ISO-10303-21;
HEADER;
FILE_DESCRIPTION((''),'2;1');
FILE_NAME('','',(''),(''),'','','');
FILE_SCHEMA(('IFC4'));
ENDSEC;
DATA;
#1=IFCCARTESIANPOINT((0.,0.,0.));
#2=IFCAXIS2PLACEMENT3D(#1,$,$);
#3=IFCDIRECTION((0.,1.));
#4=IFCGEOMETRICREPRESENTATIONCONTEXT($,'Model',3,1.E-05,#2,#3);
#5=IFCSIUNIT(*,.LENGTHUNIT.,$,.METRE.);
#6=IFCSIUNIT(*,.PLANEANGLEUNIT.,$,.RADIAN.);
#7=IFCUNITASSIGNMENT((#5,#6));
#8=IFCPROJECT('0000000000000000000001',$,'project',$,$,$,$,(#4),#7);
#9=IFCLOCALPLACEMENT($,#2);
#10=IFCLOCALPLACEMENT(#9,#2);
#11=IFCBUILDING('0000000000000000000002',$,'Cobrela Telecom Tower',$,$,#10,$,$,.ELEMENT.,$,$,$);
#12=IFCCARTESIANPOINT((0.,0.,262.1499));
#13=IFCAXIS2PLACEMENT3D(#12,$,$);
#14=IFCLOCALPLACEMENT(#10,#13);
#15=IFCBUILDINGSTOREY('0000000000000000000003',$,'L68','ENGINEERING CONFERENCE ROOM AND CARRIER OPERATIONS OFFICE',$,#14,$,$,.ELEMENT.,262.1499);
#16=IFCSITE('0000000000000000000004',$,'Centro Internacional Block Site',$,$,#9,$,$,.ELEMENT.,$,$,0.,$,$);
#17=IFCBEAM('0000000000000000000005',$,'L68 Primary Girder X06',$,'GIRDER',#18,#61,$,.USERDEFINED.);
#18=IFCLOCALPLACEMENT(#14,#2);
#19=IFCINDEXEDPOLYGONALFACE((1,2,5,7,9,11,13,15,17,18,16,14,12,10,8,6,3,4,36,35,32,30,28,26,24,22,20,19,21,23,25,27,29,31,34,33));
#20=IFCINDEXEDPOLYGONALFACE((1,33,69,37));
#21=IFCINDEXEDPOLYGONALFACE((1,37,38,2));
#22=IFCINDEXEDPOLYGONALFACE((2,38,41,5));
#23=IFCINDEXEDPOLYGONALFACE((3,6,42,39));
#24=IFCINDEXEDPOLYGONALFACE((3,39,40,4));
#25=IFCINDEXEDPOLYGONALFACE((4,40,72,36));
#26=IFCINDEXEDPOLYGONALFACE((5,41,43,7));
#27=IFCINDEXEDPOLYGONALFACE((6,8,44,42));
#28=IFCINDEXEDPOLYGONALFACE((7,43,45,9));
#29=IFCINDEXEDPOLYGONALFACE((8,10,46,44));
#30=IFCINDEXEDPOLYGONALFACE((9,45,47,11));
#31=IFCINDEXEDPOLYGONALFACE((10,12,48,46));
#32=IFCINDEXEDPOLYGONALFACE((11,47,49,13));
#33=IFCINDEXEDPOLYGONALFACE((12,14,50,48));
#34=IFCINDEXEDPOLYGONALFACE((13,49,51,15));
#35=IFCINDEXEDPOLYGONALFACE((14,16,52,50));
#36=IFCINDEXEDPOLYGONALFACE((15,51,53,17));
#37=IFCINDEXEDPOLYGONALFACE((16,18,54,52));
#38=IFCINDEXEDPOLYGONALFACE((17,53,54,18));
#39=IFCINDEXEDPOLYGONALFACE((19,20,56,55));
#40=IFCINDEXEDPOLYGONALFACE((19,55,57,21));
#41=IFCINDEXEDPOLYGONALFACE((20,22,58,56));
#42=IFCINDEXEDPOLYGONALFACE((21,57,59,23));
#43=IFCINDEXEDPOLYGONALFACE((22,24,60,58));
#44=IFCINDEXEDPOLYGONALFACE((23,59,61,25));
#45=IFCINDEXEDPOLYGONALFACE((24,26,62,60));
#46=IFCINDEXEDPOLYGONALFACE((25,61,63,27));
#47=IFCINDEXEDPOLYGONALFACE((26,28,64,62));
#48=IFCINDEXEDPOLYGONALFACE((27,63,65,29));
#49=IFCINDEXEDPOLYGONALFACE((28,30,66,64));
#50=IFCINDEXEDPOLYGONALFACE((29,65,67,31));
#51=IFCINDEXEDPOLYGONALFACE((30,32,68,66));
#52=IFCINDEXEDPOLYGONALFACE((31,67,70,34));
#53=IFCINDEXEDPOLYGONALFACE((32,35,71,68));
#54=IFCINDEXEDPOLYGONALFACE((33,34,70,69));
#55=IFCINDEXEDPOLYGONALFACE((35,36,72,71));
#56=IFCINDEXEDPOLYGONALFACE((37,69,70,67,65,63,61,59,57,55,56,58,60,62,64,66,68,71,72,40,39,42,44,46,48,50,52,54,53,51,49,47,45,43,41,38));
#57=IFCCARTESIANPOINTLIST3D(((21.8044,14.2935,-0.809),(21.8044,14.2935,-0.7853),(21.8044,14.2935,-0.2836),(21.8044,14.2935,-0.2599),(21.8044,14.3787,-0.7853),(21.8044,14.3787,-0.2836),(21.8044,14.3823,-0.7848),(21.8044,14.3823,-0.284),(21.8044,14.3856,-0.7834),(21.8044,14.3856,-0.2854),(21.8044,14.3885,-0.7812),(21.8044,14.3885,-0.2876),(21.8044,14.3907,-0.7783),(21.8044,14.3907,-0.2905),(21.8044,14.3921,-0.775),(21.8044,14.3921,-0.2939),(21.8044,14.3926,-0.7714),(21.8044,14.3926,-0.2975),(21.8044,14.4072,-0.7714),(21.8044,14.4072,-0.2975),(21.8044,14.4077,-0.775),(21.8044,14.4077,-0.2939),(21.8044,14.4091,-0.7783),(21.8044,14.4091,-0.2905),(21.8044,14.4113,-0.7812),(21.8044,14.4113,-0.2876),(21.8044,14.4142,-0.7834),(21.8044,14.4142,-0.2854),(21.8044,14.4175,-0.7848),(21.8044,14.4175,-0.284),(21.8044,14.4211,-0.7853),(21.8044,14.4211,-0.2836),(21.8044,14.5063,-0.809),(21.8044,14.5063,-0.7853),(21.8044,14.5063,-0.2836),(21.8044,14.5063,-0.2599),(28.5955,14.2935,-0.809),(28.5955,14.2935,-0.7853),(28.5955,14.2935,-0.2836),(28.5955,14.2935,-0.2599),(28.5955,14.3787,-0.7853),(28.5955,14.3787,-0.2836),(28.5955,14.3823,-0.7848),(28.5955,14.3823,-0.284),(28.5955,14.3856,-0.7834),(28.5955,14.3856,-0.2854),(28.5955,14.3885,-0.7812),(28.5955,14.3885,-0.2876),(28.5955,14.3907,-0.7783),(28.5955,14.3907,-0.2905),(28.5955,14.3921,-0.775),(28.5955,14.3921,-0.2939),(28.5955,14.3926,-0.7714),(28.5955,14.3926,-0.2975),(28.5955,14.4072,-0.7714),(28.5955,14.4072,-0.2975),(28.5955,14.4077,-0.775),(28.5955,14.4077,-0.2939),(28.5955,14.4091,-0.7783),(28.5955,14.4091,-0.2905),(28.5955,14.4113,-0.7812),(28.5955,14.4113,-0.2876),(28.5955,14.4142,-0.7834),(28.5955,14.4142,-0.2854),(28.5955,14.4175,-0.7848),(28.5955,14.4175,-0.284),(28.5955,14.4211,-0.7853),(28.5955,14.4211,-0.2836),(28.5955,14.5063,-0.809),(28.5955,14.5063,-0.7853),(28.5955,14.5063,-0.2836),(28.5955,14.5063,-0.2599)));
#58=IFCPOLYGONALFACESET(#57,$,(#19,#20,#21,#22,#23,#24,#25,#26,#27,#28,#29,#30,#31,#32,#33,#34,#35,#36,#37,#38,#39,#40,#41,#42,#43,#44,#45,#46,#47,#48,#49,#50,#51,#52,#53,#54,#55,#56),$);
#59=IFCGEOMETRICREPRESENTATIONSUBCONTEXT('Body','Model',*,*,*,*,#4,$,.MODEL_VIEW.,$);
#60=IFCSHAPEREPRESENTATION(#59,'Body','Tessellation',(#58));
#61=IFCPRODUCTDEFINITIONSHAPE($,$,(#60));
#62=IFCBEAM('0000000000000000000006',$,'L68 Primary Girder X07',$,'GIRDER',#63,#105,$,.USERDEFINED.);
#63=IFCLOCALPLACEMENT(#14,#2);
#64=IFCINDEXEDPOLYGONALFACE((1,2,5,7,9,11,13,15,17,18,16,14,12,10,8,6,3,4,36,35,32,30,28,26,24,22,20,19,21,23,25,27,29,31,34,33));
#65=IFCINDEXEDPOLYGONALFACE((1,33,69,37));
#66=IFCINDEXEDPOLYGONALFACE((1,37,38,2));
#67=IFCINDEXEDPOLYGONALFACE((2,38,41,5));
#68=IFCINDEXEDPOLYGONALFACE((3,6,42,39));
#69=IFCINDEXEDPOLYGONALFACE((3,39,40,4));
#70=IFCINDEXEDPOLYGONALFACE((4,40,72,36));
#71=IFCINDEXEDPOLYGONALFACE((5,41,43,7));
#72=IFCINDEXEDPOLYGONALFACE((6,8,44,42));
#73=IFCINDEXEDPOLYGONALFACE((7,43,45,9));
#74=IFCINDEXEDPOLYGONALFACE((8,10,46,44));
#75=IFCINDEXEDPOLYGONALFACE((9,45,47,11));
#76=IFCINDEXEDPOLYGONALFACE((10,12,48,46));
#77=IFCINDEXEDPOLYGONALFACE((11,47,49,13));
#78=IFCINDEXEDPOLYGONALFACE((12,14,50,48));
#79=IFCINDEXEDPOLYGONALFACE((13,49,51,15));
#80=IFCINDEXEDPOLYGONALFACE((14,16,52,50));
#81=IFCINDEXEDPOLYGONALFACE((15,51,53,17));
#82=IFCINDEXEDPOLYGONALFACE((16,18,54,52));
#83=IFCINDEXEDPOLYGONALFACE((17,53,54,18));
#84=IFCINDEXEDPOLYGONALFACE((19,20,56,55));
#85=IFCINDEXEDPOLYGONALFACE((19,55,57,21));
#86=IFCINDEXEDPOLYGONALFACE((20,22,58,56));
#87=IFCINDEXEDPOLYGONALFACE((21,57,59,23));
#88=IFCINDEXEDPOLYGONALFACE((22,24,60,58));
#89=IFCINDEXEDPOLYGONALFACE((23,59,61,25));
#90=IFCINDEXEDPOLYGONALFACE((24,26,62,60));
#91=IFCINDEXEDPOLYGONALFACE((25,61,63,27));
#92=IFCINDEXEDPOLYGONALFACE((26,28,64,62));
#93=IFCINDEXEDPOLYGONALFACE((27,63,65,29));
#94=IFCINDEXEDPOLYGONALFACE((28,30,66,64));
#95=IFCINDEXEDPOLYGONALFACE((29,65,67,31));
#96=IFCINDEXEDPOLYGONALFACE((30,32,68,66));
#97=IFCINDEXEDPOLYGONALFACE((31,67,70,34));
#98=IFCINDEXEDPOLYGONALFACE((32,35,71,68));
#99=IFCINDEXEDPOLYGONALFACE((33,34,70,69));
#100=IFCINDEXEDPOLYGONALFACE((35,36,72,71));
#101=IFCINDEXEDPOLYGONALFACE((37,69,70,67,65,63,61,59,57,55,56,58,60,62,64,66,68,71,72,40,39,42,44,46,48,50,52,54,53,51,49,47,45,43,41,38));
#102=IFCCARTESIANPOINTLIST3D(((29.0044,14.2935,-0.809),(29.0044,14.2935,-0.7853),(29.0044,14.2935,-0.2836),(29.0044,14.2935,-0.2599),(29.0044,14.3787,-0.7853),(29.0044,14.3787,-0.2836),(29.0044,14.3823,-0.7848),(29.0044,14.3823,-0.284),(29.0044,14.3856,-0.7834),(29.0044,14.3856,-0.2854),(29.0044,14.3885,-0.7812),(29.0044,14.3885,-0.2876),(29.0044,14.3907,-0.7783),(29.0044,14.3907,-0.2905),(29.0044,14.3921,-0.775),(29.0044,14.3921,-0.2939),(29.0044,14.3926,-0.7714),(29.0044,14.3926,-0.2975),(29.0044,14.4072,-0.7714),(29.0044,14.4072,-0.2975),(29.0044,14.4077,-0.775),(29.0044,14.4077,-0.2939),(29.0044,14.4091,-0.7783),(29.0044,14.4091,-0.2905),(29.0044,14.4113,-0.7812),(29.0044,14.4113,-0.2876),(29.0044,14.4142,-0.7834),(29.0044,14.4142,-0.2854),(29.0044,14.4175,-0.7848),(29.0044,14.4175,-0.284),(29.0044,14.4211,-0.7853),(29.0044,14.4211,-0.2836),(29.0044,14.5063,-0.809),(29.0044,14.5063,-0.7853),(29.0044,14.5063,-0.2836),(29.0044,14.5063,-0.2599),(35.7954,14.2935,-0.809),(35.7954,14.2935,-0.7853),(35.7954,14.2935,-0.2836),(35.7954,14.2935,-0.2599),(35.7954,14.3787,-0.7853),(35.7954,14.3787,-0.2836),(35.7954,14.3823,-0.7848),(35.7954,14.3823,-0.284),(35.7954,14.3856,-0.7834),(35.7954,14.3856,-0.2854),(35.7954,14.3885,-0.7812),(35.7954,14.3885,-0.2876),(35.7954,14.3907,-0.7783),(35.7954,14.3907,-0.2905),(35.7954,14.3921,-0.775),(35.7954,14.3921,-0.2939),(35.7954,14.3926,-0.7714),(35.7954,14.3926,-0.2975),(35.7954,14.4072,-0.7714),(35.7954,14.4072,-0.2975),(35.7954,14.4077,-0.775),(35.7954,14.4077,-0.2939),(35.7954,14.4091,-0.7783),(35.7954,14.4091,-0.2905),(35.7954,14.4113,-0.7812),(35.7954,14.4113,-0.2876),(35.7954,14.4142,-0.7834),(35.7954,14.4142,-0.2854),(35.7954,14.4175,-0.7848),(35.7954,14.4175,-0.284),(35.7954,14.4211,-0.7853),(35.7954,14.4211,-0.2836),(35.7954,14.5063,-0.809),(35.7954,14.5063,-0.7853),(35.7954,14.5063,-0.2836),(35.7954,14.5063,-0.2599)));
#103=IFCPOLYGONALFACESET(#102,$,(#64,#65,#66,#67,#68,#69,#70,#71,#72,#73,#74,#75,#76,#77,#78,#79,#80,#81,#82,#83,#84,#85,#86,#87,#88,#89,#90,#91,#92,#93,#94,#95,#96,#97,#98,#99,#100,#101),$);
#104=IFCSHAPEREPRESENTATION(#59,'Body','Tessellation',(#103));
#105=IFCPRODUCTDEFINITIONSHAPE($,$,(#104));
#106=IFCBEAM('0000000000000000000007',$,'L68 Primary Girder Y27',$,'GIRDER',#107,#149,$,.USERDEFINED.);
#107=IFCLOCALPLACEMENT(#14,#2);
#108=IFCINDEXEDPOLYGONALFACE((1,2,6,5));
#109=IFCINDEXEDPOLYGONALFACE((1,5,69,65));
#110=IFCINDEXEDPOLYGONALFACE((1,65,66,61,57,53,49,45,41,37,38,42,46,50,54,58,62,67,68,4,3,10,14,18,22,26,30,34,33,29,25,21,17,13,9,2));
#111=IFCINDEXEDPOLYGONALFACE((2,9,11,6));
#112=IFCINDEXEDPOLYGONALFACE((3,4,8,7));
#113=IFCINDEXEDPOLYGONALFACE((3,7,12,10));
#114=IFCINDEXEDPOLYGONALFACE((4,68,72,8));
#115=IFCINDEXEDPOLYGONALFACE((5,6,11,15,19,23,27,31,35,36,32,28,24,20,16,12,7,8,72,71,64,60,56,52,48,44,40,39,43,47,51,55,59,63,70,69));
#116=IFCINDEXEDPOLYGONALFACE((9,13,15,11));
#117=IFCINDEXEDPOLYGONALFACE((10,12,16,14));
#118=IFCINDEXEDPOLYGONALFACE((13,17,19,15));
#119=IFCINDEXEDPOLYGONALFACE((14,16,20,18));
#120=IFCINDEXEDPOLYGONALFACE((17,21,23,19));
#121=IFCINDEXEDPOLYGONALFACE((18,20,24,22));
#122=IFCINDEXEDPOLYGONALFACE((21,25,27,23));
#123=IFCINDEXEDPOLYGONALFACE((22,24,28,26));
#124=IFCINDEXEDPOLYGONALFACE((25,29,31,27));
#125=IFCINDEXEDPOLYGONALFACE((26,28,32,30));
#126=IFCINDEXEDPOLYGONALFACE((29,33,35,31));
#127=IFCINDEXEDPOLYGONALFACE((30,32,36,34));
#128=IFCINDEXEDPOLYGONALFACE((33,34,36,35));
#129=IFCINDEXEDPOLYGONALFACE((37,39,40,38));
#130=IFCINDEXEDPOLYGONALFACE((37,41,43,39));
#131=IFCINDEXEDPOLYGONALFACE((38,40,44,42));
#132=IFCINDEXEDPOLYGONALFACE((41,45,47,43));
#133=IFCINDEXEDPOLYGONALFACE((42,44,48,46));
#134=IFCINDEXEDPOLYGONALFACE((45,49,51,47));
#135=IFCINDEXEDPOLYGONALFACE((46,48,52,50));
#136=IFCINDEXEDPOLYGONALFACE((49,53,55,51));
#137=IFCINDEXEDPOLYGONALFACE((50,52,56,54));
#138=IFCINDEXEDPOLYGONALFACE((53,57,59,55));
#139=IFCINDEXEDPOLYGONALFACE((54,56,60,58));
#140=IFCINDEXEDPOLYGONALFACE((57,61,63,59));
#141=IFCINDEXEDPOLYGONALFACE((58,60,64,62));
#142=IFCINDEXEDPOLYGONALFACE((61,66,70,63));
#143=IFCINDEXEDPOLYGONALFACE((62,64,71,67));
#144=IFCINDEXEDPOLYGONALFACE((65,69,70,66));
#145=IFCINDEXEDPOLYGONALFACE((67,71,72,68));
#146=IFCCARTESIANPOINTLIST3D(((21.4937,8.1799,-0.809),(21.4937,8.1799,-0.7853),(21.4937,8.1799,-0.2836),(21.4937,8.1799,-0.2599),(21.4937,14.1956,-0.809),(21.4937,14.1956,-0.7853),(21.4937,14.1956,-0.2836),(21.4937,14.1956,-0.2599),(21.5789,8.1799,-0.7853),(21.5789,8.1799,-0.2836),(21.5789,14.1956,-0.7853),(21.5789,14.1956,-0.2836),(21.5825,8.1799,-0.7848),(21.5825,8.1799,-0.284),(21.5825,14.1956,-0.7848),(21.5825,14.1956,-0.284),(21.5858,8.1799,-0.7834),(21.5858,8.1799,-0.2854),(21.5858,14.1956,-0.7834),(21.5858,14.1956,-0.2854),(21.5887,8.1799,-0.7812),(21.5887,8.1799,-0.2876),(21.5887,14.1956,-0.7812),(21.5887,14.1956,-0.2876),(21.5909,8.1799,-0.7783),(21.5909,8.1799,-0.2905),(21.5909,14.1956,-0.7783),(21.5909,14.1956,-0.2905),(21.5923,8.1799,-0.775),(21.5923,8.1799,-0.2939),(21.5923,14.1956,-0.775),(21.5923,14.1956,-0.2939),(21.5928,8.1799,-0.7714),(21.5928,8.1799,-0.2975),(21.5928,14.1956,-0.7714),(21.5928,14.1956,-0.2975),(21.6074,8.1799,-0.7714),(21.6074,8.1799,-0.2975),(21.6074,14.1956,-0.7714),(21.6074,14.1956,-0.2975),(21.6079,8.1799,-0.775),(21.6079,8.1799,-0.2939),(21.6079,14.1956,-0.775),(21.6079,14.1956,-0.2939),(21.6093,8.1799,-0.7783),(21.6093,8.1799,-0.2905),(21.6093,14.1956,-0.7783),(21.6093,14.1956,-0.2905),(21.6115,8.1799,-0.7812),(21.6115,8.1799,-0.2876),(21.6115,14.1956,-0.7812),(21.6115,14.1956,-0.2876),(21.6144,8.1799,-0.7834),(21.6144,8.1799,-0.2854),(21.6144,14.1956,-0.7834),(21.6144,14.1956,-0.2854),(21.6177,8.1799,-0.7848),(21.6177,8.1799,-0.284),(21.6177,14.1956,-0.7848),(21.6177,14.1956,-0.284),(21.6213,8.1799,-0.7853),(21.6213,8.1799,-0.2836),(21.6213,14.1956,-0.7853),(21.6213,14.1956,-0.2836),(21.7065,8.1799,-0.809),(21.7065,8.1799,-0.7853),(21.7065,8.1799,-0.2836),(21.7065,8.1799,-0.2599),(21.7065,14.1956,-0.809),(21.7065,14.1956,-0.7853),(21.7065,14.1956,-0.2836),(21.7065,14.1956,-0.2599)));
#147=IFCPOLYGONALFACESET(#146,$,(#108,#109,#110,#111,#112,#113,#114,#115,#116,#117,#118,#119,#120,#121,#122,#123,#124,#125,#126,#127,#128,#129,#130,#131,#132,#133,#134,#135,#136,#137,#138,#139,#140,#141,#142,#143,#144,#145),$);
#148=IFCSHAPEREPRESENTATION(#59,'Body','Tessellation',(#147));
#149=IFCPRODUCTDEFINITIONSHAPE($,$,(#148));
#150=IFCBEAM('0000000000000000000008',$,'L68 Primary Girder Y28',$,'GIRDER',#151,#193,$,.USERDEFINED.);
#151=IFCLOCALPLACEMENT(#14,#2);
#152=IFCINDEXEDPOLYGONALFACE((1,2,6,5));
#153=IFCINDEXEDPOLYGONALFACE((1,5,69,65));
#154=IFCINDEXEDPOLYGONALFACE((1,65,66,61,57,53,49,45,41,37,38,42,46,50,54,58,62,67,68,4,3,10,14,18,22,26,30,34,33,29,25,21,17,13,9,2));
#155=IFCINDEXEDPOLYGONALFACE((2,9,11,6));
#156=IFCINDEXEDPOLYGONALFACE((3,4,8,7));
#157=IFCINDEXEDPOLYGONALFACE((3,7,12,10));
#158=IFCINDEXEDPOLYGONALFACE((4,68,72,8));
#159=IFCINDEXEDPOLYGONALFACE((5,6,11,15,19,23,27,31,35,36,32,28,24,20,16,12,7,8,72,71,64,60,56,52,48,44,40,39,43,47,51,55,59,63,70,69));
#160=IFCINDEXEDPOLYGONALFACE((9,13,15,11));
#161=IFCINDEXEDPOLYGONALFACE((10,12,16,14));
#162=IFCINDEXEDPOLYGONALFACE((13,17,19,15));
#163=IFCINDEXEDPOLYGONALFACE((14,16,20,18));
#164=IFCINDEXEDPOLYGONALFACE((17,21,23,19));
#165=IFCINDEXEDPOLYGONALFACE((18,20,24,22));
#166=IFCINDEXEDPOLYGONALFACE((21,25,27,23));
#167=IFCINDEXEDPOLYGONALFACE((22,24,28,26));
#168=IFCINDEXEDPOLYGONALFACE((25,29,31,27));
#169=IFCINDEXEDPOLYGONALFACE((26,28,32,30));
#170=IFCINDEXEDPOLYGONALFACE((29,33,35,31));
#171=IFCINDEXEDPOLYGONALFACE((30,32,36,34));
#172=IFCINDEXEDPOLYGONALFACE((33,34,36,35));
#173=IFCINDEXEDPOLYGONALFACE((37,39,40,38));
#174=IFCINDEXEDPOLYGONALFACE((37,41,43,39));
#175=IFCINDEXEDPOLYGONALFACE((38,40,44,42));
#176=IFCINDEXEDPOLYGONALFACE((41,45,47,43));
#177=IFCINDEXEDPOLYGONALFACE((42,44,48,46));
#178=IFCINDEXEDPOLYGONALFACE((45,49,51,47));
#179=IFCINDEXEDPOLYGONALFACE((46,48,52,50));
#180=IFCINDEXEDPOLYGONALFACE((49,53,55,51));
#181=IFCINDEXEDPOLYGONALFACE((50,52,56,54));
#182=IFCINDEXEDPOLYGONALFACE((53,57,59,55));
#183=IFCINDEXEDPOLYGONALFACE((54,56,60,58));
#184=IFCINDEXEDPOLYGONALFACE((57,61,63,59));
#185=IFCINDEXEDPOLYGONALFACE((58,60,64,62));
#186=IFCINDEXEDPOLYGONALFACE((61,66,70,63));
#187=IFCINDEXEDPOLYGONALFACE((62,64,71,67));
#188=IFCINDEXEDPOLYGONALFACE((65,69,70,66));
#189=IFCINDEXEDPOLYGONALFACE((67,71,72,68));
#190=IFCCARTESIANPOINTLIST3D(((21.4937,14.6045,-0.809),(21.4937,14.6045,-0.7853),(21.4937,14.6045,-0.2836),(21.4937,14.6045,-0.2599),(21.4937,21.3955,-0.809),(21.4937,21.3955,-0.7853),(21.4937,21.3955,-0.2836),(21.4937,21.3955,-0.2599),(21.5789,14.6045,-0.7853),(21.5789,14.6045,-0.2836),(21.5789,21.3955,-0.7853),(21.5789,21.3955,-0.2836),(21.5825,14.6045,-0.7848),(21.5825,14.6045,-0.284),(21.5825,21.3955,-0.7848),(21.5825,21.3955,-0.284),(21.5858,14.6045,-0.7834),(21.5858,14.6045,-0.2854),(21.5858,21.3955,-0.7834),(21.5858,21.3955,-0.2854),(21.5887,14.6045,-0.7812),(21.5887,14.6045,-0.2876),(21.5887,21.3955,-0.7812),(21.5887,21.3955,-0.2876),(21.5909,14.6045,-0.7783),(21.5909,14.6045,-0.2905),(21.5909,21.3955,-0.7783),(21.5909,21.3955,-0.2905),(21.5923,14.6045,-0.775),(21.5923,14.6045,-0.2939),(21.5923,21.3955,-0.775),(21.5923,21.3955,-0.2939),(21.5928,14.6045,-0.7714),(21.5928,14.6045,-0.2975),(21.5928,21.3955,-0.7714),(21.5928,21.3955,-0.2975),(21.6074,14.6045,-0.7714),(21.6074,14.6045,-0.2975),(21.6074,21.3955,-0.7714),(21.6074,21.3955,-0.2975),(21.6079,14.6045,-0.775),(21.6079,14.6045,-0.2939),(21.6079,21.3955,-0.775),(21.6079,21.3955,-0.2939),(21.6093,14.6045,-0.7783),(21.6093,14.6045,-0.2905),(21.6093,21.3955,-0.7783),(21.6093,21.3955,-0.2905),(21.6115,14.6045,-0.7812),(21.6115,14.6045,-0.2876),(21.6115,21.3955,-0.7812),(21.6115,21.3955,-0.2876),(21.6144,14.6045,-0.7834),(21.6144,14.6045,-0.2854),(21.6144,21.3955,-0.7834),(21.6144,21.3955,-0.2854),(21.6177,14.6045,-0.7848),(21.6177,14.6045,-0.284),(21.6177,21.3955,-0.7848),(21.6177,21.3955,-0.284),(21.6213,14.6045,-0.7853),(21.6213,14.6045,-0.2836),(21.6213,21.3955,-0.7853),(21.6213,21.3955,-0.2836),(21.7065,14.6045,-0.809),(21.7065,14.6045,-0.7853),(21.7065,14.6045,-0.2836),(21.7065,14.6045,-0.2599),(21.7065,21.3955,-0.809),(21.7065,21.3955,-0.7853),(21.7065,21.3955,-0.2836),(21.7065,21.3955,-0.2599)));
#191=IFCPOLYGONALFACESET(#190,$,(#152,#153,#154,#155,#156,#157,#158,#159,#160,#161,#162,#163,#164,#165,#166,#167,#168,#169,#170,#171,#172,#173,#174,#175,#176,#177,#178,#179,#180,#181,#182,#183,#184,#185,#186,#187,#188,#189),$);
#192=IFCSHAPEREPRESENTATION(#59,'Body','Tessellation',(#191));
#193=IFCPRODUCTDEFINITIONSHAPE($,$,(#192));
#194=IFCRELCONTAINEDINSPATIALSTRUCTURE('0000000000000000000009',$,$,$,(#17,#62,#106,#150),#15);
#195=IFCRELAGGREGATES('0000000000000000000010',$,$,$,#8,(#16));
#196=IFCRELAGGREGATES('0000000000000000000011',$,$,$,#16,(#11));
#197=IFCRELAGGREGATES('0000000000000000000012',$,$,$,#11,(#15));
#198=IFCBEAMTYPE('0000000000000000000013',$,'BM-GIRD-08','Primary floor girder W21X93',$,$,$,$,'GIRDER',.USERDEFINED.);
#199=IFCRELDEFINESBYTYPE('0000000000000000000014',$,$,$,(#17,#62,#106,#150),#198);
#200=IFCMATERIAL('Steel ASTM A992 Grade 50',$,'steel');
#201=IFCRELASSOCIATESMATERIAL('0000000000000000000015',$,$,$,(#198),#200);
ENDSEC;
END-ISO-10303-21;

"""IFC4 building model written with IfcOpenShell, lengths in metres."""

from ifc_helpers import new_model, si_unit, direction, frame, origin, origin_2d, place, context, subcontext, project, spatial, i_section, extrude, material, material_profile, profile_set, type_object, element, save


model = new_model("IFC4")

# Units and contexts
model_context = context("Model", 3, precision=1e-05, world=origin(), true_north=direction((0.0, 1.0)))
body_context = subcontext(model_context, "Body", "Model", "MODEL_VIEW")
ifc_project = project(units=[si_unit("LENGTHUNIT", "METRE"), si_unit("PLANEANGLEUNIT", "RADIAN")], contexts=[model_context])

# Site, building, storey
site_placement = place(None, origin())
site = spatial("IfcSite", under=ifc_project, at=site_placement, Name="Centro Internacional Block Site", CompositionType="ELEMENT", RefElevation=0.0)
building_placement = place(site_placement, origin())
building = spatial("IfcBuilding", under=site, at=building_placement, Name="Cobrela Telecom Tower", CompositionType="ELEMENT")
storey_placement = place(building_placement, frame((0.0, 0.0, 262.1499)))
storey = spatial("IfcBuildingStorey", under=building, at=storey_placement, Name="L68", Description="ENGINEERING CONFERENCE ROOM AND CARRIER OPERATIONS OFFICE", CompositionType="ELEMENT", Elevation=262.1499)

# Shared definitions
ifc_material_1 = material(Name="Steel ASTM A992 Grade 50", Category="steel")

# Beams
ifc_material_profile_1 = material_profile(ifc_material_1, i_section(OverallWidth=0.2129, OverallDepth=0.5491, WebThickness=0.0146, FlangeThickness=0.0237, FilletRadius=0.0139, at=origin_2d()), Name="W21X93")
ifc_profile_set_1 = profile_set([ifc_material_profile_1], Name="Steel ASTM A992 Grade 50")
beam_type_1 = type_object("IfcBeamType", Name="BM-GIRD-08", Description="Primary floor girder W21X93", ElementType="GIRDER", PredefinedType="USERDEFINED", material=ifc_profile_set_1)
for number, where, z_axis, x_axis, name in (
    (1, (21.8044, 14.3999, -0.5344), (1.0, 0.0, 0.0), (0.0, 1.0, 0.0), "L68 Primary Girder X06"),
    (2, (29.0044, 14.3999, -0.5344), (1.0, 0.0, 0.0), (0.0, 1.0, 0.0), "L68 Primary Girder X07"),
):
    element("IfcBeam", number, at=place(storey_placement, frame(where, z_axis=z_axis, x_axis=x_axis)), inside=storey, type_object=beam_type_1, Name=name, ObjectType="GIRDER", PredefinedType="USERDEFINED", context=body_context, shape_type="SweptSolid", body=[
        extrude(i_section(OverallWidth=0.2129, OverallDepth=0.5491, WebThickness=0.0146, FlangeThickness=0.0237, FilletRadius=0.0139, at=origin_2d()), origin(), (0.0, 0.0, 1.0), 6.791),
    ])
beam_1_placement = place(storey_placement, frame((21.6001, 8.1799, -0.5344), z_axis=(0.0, 1.0, 0.0), x_axis=(-1.0, 0.0, 0.0)))
element("IfcBeam", 3, at=beam_1_placement, inside=storey, type_object=beam_type_1, Name="L68 Primary Girder Y27", ObjectType="GIRDER", PredefinedType="USERDEFINED", context=body_context, shape_type="SweptSolid", body=[
    extrude(i_section(OverallWidth=0.2129, OverallDepth=0.5491, WebThickness=0.0146, FlangeThickness=0.0237, FilletRadius=0.0139, at=origin_2d()), origin(), (0.0, 0.0, 1.0), 6.0156),
])
beam_2_placement = place(storey_placement, frame((21.6001, 14.6045, -0.5344), z_axis=(0.0, 1.0, 0.0), x_axis=(-1.0, 0.0, 0.0)))
element("IfcBeam", 4, at=beam_2_placement, inside=storey, type_object=beam_type_1, Name="L68 Primary Girder Y28", ObjectType="GIRDER", PredefinedType="USERDEFINED", context=body_context, shape_type="SweptSolid", body=[
    extrude(i_section(OverallWidth=0.2129, OverallDepth=0.5491, WebThickness=0.0146, FlangeThickness=0.0237, FilletRadius=0.0139, at=origin_2d()), origin(), (0.0, 0.0, 1.0), 6.791),
])

save(model, "model.ifc")
